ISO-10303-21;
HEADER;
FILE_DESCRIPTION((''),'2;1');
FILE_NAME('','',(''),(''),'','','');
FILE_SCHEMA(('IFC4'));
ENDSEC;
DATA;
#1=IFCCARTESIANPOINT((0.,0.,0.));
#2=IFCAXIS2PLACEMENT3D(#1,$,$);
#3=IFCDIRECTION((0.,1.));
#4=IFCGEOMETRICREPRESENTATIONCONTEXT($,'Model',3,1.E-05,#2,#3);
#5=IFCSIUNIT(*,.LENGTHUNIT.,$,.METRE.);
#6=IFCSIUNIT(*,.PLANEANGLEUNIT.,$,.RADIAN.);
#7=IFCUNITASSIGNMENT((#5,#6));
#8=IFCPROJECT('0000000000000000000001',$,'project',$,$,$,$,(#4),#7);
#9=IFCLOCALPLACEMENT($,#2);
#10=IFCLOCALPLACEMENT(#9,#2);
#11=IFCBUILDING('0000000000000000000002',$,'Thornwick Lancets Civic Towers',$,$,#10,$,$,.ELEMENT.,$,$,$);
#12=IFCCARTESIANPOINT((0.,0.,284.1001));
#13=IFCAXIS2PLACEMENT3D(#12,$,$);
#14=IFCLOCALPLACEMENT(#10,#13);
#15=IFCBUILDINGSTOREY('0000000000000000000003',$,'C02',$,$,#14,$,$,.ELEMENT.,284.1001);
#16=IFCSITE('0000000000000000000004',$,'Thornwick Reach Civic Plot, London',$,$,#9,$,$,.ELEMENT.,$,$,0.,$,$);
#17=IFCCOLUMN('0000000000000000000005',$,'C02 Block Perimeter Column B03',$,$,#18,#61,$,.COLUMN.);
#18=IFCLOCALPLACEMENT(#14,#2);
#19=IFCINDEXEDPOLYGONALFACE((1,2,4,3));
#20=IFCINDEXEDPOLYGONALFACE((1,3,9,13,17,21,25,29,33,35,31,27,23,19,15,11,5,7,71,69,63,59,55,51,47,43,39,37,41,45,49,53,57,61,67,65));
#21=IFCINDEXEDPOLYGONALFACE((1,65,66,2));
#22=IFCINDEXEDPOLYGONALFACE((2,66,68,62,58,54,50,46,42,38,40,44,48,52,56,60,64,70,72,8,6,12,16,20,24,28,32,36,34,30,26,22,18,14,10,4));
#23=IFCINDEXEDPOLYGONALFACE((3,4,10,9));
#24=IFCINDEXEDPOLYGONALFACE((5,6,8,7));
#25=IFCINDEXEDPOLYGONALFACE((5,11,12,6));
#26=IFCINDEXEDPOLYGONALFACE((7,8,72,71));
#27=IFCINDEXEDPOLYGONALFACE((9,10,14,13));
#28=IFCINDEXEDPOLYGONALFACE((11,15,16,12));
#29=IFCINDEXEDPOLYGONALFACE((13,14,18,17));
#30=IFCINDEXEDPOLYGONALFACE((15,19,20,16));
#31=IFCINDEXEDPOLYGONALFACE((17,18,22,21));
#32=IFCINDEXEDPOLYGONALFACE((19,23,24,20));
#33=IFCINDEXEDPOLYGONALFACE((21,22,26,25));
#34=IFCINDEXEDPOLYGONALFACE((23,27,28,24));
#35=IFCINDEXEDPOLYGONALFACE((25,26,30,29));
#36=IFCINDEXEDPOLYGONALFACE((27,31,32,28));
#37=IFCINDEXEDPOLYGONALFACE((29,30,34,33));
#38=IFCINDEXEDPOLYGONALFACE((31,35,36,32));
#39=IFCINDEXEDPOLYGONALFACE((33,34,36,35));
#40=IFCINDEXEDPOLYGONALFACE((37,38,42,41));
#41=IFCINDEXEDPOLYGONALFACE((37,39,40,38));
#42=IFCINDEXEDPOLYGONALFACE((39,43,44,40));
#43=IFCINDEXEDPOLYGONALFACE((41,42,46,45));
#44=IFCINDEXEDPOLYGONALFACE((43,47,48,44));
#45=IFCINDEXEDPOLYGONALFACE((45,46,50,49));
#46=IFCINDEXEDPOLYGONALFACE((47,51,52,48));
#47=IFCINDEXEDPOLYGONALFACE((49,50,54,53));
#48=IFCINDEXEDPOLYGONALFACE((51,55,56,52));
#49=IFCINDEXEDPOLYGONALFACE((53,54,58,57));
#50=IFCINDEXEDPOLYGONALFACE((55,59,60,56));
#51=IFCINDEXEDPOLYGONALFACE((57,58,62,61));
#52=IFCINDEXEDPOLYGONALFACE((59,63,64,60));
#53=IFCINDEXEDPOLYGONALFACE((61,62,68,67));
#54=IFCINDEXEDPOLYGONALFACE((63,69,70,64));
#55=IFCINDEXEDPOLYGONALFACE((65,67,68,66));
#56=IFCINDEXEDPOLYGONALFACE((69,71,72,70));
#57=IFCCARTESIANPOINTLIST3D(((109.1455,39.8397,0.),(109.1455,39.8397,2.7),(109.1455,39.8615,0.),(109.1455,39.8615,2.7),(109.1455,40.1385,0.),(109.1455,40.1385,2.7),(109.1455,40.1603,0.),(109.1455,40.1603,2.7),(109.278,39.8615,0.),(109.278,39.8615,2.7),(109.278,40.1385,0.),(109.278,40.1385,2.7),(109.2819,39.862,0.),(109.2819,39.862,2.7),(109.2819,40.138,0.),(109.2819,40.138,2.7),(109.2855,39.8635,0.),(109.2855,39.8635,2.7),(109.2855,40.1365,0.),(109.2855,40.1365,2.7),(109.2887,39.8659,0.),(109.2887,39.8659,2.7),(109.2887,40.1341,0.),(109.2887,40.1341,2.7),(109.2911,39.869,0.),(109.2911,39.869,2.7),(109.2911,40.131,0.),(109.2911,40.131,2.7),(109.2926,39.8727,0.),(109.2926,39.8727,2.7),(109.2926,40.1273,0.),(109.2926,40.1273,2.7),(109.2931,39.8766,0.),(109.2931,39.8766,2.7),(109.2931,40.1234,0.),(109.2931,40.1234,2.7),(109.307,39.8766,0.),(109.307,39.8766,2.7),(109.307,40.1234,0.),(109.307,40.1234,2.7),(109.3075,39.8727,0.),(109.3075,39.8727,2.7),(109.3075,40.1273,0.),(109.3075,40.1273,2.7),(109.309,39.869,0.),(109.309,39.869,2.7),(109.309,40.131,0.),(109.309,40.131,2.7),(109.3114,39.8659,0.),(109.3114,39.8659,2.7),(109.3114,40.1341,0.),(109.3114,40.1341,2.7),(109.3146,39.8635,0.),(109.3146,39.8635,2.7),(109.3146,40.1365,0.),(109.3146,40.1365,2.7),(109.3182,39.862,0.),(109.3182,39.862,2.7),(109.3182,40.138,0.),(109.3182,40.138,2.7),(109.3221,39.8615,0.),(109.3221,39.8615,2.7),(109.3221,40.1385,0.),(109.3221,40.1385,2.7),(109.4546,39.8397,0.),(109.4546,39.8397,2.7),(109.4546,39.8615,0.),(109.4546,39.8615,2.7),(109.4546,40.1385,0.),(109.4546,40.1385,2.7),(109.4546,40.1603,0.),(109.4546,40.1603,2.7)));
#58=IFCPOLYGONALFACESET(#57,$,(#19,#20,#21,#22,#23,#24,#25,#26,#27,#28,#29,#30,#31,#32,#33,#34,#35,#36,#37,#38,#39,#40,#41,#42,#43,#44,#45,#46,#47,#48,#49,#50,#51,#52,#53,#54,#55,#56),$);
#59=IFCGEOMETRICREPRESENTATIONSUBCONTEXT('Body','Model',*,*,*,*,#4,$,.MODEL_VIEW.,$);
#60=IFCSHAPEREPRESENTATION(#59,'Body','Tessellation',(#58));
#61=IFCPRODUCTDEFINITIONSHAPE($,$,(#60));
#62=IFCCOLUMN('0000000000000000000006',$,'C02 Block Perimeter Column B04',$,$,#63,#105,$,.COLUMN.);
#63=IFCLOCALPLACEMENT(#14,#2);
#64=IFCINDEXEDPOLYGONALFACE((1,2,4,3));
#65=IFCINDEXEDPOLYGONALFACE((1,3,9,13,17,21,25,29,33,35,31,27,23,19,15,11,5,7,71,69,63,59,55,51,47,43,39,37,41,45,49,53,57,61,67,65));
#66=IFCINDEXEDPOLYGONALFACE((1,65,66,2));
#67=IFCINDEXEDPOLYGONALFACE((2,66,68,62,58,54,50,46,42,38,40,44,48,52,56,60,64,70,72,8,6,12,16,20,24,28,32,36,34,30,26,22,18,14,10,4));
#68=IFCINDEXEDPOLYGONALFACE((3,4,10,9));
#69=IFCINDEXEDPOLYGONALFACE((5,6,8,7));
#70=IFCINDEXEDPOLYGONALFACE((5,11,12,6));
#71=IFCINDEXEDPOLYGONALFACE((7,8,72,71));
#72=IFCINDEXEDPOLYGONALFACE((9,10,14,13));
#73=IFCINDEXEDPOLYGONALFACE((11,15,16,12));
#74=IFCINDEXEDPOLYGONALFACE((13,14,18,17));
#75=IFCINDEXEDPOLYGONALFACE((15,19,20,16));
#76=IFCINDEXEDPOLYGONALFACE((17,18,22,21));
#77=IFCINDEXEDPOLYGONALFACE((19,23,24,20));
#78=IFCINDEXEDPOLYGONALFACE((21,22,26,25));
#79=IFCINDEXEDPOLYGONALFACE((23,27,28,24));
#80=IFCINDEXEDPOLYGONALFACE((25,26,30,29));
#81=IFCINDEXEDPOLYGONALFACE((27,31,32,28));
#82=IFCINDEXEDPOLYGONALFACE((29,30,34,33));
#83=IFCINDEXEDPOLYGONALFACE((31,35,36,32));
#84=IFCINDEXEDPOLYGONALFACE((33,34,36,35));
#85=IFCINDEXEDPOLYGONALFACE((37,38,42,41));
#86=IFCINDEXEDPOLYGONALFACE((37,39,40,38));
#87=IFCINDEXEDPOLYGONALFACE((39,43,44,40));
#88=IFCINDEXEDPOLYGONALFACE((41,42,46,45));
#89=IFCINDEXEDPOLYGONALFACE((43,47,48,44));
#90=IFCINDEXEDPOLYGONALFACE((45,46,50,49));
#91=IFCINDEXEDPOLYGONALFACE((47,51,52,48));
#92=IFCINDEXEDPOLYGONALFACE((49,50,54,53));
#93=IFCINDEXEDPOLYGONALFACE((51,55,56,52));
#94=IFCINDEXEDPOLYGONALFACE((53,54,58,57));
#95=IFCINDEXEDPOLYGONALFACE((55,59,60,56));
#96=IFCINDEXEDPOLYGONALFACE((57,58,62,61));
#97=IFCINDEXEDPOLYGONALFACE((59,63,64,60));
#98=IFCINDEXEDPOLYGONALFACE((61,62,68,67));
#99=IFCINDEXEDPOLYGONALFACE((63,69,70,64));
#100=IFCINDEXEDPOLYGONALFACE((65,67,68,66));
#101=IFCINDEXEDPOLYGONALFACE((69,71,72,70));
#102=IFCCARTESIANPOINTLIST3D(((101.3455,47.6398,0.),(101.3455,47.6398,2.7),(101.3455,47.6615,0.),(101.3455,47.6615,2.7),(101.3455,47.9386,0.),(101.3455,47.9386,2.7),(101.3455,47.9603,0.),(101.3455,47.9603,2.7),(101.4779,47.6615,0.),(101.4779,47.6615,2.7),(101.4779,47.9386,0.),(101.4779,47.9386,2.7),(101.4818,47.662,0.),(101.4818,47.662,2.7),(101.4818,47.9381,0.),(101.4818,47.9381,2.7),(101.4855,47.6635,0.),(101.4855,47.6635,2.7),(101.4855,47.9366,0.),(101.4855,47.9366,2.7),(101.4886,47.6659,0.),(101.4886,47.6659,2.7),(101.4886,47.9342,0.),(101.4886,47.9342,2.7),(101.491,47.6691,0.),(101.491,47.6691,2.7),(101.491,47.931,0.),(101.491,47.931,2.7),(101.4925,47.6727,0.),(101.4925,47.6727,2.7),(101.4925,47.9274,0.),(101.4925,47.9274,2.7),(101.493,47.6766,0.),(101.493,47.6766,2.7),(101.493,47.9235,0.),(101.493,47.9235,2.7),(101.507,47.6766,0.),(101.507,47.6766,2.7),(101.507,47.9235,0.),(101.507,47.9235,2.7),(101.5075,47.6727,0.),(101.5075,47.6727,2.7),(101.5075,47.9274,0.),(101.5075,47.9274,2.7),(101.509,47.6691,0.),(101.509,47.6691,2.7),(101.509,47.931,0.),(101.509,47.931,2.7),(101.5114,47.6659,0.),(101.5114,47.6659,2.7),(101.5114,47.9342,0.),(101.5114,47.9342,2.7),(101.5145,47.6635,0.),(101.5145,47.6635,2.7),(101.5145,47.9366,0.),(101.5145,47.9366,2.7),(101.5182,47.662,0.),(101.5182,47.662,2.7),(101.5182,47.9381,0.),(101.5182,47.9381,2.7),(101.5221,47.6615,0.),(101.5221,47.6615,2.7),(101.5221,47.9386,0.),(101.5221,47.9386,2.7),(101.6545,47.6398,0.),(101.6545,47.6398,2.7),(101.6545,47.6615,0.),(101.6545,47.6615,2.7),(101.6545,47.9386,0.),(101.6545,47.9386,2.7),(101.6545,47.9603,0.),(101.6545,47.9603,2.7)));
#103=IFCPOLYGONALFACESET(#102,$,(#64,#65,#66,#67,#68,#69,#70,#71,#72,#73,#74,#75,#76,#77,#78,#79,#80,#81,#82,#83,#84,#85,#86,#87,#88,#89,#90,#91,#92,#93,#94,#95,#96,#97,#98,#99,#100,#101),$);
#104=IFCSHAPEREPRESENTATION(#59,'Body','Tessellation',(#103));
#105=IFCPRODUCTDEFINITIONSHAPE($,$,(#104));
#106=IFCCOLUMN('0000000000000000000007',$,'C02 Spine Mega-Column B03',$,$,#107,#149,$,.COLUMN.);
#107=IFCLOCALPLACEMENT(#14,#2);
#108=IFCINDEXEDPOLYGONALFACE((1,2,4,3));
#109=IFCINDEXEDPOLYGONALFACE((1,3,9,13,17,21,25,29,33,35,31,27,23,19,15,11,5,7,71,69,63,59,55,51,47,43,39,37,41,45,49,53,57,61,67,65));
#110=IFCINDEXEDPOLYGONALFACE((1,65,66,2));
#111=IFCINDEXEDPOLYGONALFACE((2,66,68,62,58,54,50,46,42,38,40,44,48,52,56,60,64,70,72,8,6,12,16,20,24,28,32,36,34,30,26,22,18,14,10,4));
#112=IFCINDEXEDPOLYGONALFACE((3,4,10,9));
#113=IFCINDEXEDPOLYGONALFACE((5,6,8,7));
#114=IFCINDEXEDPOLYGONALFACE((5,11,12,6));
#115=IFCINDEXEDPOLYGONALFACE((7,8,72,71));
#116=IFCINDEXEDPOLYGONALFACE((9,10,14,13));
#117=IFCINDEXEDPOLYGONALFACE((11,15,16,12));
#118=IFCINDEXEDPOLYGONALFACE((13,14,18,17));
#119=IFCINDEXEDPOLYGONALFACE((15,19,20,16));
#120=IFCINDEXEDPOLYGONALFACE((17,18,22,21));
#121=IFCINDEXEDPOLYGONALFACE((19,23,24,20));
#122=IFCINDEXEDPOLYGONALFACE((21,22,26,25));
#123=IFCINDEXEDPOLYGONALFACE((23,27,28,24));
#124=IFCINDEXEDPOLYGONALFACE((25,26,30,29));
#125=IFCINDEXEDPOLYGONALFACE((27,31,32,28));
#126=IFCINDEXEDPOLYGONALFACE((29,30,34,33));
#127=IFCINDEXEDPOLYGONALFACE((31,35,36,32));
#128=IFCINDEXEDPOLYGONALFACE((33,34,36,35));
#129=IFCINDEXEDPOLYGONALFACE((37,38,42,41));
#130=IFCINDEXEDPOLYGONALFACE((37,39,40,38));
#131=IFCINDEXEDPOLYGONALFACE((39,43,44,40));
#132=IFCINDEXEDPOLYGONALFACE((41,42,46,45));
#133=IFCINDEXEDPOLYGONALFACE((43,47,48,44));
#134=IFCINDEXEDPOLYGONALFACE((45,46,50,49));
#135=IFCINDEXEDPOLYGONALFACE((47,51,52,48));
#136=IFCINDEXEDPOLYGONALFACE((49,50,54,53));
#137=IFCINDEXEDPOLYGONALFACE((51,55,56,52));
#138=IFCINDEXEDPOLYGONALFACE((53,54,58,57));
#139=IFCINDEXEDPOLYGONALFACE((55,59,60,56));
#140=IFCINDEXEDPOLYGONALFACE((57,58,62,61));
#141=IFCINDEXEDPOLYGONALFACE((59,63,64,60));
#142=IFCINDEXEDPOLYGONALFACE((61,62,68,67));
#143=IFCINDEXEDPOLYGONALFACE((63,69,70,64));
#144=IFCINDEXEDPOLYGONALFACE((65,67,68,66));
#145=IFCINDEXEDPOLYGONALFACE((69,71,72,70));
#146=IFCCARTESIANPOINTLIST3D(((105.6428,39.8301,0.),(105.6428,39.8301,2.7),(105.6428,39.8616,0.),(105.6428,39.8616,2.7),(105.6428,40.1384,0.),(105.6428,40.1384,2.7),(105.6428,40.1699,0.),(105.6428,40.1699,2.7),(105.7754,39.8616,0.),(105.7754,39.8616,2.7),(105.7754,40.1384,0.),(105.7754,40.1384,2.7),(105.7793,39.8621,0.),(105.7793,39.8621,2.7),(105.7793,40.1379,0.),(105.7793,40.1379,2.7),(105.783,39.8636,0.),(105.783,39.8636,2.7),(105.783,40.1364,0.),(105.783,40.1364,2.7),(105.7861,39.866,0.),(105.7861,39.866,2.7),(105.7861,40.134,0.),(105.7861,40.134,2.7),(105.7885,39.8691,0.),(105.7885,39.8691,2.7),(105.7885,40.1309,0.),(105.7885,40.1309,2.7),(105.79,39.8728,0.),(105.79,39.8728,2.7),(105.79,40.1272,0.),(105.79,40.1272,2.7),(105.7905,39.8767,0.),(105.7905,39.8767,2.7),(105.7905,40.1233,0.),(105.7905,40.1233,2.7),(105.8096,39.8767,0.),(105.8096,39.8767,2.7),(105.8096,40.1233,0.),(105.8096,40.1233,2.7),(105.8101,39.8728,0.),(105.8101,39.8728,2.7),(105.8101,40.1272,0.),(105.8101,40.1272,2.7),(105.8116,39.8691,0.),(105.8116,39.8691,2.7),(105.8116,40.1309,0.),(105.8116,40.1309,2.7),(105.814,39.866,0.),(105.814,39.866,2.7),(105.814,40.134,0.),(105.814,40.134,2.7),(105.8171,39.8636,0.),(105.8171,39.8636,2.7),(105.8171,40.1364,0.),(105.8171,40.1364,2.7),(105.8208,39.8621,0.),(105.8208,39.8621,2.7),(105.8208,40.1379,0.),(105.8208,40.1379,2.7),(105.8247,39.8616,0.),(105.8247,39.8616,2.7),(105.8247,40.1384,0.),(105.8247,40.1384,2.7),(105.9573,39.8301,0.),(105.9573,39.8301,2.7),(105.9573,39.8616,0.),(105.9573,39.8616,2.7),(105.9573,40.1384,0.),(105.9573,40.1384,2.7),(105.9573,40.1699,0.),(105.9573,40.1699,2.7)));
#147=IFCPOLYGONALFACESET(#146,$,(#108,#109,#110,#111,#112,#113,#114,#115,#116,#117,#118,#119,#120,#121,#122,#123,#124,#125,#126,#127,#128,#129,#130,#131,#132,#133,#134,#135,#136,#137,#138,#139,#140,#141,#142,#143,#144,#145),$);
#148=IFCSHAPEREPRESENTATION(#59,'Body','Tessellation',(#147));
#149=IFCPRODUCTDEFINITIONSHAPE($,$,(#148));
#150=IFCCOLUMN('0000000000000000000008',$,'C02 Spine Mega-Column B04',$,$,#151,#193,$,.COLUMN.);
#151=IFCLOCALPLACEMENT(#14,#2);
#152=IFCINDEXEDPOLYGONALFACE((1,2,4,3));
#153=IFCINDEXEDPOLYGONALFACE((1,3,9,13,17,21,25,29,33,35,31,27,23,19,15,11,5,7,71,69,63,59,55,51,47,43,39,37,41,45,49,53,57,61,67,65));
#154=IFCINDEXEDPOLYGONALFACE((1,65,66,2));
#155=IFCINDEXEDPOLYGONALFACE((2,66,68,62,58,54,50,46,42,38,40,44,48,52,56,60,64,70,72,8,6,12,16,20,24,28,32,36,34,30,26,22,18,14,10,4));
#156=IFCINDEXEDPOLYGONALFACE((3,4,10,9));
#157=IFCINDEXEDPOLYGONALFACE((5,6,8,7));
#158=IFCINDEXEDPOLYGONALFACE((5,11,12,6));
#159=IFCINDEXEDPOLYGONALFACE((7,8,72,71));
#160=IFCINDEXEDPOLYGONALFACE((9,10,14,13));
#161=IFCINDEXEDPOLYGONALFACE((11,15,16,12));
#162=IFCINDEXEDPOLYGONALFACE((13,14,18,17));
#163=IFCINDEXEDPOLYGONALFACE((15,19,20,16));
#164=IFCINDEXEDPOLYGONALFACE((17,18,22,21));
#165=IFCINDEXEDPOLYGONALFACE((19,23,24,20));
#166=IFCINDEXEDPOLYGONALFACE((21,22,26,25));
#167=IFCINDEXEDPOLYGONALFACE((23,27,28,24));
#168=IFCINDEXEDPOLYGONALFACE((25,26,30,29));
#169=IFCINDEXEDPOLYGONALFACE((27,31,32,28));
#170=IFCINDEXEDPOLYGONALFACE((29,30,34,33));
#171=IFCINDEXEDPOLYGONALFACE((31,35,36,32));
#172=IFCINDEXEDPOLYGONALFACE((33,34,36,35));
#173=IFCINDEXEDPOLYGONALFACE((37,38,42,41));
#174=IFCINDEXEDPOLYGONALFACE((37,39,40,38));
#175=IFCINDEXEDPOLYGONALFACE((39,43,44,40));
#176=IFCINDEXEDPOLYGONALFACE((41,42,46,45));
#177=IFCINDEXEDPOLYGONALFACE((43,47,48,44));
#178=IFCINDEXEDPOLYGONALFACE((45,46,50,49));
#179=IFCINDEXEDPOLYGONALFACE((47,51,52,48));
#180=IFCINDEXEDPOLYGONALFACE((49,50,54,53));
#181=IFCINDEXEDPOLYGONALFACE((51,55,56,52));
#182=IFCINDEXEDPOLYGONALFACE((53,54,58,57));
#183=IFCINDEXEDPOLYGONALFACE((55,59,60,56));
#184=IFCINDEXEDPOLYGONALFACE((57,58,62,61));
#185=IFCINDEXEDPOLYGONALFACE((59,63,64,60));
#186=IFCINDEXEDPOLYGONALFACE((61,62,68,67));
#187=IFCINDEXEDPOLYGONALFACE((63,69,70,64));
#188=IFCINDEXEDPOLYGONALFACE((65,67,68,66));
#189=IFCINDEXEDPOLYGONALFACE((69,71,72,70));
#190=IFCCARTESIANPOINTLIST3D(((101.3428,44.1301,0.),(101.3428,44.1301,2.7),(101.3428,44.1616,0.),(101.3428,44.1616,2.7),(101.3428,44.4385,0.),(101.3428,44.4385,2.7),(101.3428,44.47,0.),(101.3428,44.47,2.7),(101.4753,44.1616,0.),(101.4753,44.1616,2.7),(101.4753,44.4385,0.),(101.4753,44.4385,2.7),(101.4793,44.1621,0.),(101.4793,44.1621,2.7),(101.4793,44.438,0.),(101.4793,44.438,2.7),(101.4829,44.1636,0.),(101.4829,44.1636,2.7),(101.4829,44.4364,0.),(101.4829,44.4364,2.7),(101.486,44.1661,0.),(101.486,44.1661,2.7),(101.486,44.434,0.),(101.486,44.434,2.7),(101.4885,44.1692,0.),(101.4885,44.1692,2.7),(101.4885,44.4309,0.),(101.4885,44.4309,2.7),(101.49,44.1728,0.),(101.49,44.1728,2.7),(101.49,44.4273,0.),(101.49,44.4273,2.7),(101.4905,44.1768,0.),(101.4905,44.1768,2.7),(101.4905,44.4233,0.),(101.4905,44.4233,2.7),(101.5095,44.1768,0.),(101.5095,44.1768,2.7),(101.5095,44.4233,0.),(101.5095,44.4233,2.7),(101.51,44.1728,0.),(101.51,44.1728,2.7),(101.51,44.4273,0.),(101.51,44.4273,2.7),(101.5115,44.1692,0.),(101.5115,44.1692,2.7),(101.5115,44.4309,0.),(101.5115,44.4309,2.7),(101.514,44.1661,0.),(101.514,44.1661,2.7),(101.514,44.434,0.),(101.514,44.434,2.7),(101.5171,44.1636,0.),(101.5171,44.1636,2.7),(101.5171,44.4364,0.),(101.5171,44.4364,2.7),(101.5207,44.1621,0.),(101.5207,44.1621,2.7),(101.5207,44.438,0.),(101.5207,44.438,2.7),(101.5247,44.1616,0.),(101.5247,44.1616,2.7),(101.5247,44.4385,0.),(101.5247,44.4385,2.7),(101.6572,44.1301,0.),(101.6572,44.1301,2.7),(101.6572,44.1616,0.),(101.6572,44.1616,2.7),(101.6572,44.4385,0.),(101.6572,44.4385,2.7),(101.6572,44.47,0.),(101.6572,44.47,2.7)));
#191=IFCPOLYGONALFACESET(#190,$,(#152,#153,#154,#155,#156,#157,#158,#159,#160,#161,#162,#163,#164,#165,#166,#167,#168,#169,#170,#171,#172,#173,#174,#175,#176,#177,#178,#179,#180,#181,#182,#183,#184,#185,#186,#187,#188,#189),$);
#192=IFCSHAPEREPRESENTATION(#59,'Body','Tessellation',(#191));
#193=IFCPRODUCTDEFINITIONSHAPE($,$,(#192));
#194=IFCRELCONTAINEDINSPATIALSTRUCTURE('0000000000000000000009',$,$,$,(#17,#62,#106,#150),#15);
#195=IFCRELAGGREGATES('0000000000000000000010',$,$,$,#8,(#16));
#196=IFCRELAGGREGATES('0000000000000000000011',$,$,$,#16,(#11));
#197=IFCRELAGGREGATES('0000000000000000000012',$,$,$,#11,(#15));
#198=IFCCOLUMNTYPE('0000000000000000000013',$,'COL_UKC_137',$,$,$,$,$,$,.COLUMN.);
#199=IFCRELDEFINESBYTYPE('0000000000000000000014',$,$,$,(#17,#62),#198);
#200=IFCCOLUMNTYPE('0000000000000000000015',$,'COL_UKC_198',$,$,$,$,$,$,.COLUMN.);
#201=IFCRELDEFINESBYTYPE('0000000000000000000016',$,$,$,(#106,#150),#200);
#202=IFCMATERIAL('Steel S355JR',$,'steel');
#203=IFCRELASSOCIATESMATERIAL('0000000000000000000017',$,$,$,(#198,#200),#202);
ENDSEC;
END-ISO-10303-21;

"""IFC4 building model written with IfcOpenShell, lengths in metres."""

from ifc_helpers import new_model, si_unit, direction, frame, origin, origin_2d, place, context, subcontext, project, spatial, i_section, extrude, material, material_profile, profile_set, type_object, element, save


model = new_model("IFC4")

# Units and contexts
model_context = context("Model", 3, precision=1e-05, world=origin(), true_north=direction((0.0, 1.0)))
body_context = subcontext(model_context, "Body", "Model", "MODEL_VIEW")
ifc_project = project(units=[si_unit("LENGTHUNIT", "METRE"), si_unit("PLANEANGLEUNIT", "RADIAN")], contexts=[model_context])

# Site, building, storey
site_placement = place(None, origin())
site = spatial("IfcSite", under=ifc_project, at=site_placement, Name="Thornwick Reach Civic Plot, London", CompositionType="ELEMENT", RefElevation=0.0)
building_placement = place(site_placement, origin())
building = spatial("IfcBuilding", under=site, at=building_placement, Name="Thornwick Lancets Civic Towers", CompositionType="ELEMENT")
storey_placement = place(building_placement, frame((0.0, 0.0, 284.1001)))
storey = spatial("IfcBuildingStorey", under=building, at=storey_placement, Name="C02", CompositionType="ELEMENT", Elevation=284.1001)

# Columns
ifc_material_1 = material(Name="Steel S355JR", Category="steel")
ifc_material_profile_1 = material_profile(ifc_material_1, i_section(OverallWidth=0.3091, OverallDepth=0.3206, WebThickness=0.0139, FlangeThickness=0.0217, FilletRadius=0.0151, at=origin_2d()), Name="UKC 305x305x137")
ifc_profile_set_1 = profile_set([ifc_material_profile_1], Name="Steel S355JR")
column_type_1 = type_object("IfcColumnType", Name="COL_UKC_137", PredefinedType="COLUMN", material=ifc_profile_set_1)
for number, where, z_axis, x_axis, name in (
    (1, (109.3, 40.0, 0.0), (0.0, 0.0, 1.0), (1.0, 0.0, 0.0), "C02 Block Perimeter Column B03"),
    (2, (101.5, 47.8, 0.0), (0.0, 0.0, 1.0), (1.0, 0.0, 0.0), "C02 Block Perimeter Column B04"),
):
    element("IfcColumn", number, at=place(storey_placement, frame(where, z_axis=z_axis, x_axis=x_axis)), inside=storey, type_object=column_type_1, Name=name, PredefinedType="COLUMN", context=body_context, shape_type="SweptSolid", body=[
        extrude(i_section(OverallWidth=0.3091, OverallDepth=0.3206, WebThickness=0.0139, FlangeThickness=0.0217, FilletRadius=0.0151, at=origin_2d()), origin(), (0.0, 0.0, 1.0), 2.7),
    ])
ifc_material_profile_2 = material_profile(ifc_material_1, i_section(OverallWidth=0.3145, OverallDepth=0.3398, WebThickness=0.019, FlangeThickness=0.0315, FilletRadius=0.0151, at=origin_2d()), Name="UKC 305x305x198")
ifc_profile_set_2 = profile_set([ifc_material_profile_2], Name="Steel S355JR")
column_type_2 = type_object("IfcColumnType", Name="COL_UKC_198", PredefinedType="COLUMN", material=ifc_profile_set_2)
for number, where, z_axis, x_axis, name in (
    (3, (105.8, 40.0, 0.0), (0.0, 0.0, 1.0), (1.0, 0.0, 0.0), "C02 Spine Mega-Column B03"),
    (4, (101.5, 44.3, 0.0), (0.0, 0.0, 1.0), (1.0, 0.0, 0.0), "C02 Spine Mega-Column B04"),
):
    element("IfcColumn", number, at=place(storey_placement, frame(where, z_axis=z_axis, x_axis=x_axis)), inside=storey, type_object=column_type_2, Name=name, PredefinedType="COLUMN", context=body_context, shape_type="SweptSolid", body=[
        extrude(i_section(OverallWidth=0.3145, OverallDepth=0.3398, WebThickness=0.019, FlangeThickness=0.0315, FilletRadius=0.0151, at=origin_2d()), origin(), (0.0, 0.0, 1.0), 2.7),
    ])

save(model, "model.ifc")
